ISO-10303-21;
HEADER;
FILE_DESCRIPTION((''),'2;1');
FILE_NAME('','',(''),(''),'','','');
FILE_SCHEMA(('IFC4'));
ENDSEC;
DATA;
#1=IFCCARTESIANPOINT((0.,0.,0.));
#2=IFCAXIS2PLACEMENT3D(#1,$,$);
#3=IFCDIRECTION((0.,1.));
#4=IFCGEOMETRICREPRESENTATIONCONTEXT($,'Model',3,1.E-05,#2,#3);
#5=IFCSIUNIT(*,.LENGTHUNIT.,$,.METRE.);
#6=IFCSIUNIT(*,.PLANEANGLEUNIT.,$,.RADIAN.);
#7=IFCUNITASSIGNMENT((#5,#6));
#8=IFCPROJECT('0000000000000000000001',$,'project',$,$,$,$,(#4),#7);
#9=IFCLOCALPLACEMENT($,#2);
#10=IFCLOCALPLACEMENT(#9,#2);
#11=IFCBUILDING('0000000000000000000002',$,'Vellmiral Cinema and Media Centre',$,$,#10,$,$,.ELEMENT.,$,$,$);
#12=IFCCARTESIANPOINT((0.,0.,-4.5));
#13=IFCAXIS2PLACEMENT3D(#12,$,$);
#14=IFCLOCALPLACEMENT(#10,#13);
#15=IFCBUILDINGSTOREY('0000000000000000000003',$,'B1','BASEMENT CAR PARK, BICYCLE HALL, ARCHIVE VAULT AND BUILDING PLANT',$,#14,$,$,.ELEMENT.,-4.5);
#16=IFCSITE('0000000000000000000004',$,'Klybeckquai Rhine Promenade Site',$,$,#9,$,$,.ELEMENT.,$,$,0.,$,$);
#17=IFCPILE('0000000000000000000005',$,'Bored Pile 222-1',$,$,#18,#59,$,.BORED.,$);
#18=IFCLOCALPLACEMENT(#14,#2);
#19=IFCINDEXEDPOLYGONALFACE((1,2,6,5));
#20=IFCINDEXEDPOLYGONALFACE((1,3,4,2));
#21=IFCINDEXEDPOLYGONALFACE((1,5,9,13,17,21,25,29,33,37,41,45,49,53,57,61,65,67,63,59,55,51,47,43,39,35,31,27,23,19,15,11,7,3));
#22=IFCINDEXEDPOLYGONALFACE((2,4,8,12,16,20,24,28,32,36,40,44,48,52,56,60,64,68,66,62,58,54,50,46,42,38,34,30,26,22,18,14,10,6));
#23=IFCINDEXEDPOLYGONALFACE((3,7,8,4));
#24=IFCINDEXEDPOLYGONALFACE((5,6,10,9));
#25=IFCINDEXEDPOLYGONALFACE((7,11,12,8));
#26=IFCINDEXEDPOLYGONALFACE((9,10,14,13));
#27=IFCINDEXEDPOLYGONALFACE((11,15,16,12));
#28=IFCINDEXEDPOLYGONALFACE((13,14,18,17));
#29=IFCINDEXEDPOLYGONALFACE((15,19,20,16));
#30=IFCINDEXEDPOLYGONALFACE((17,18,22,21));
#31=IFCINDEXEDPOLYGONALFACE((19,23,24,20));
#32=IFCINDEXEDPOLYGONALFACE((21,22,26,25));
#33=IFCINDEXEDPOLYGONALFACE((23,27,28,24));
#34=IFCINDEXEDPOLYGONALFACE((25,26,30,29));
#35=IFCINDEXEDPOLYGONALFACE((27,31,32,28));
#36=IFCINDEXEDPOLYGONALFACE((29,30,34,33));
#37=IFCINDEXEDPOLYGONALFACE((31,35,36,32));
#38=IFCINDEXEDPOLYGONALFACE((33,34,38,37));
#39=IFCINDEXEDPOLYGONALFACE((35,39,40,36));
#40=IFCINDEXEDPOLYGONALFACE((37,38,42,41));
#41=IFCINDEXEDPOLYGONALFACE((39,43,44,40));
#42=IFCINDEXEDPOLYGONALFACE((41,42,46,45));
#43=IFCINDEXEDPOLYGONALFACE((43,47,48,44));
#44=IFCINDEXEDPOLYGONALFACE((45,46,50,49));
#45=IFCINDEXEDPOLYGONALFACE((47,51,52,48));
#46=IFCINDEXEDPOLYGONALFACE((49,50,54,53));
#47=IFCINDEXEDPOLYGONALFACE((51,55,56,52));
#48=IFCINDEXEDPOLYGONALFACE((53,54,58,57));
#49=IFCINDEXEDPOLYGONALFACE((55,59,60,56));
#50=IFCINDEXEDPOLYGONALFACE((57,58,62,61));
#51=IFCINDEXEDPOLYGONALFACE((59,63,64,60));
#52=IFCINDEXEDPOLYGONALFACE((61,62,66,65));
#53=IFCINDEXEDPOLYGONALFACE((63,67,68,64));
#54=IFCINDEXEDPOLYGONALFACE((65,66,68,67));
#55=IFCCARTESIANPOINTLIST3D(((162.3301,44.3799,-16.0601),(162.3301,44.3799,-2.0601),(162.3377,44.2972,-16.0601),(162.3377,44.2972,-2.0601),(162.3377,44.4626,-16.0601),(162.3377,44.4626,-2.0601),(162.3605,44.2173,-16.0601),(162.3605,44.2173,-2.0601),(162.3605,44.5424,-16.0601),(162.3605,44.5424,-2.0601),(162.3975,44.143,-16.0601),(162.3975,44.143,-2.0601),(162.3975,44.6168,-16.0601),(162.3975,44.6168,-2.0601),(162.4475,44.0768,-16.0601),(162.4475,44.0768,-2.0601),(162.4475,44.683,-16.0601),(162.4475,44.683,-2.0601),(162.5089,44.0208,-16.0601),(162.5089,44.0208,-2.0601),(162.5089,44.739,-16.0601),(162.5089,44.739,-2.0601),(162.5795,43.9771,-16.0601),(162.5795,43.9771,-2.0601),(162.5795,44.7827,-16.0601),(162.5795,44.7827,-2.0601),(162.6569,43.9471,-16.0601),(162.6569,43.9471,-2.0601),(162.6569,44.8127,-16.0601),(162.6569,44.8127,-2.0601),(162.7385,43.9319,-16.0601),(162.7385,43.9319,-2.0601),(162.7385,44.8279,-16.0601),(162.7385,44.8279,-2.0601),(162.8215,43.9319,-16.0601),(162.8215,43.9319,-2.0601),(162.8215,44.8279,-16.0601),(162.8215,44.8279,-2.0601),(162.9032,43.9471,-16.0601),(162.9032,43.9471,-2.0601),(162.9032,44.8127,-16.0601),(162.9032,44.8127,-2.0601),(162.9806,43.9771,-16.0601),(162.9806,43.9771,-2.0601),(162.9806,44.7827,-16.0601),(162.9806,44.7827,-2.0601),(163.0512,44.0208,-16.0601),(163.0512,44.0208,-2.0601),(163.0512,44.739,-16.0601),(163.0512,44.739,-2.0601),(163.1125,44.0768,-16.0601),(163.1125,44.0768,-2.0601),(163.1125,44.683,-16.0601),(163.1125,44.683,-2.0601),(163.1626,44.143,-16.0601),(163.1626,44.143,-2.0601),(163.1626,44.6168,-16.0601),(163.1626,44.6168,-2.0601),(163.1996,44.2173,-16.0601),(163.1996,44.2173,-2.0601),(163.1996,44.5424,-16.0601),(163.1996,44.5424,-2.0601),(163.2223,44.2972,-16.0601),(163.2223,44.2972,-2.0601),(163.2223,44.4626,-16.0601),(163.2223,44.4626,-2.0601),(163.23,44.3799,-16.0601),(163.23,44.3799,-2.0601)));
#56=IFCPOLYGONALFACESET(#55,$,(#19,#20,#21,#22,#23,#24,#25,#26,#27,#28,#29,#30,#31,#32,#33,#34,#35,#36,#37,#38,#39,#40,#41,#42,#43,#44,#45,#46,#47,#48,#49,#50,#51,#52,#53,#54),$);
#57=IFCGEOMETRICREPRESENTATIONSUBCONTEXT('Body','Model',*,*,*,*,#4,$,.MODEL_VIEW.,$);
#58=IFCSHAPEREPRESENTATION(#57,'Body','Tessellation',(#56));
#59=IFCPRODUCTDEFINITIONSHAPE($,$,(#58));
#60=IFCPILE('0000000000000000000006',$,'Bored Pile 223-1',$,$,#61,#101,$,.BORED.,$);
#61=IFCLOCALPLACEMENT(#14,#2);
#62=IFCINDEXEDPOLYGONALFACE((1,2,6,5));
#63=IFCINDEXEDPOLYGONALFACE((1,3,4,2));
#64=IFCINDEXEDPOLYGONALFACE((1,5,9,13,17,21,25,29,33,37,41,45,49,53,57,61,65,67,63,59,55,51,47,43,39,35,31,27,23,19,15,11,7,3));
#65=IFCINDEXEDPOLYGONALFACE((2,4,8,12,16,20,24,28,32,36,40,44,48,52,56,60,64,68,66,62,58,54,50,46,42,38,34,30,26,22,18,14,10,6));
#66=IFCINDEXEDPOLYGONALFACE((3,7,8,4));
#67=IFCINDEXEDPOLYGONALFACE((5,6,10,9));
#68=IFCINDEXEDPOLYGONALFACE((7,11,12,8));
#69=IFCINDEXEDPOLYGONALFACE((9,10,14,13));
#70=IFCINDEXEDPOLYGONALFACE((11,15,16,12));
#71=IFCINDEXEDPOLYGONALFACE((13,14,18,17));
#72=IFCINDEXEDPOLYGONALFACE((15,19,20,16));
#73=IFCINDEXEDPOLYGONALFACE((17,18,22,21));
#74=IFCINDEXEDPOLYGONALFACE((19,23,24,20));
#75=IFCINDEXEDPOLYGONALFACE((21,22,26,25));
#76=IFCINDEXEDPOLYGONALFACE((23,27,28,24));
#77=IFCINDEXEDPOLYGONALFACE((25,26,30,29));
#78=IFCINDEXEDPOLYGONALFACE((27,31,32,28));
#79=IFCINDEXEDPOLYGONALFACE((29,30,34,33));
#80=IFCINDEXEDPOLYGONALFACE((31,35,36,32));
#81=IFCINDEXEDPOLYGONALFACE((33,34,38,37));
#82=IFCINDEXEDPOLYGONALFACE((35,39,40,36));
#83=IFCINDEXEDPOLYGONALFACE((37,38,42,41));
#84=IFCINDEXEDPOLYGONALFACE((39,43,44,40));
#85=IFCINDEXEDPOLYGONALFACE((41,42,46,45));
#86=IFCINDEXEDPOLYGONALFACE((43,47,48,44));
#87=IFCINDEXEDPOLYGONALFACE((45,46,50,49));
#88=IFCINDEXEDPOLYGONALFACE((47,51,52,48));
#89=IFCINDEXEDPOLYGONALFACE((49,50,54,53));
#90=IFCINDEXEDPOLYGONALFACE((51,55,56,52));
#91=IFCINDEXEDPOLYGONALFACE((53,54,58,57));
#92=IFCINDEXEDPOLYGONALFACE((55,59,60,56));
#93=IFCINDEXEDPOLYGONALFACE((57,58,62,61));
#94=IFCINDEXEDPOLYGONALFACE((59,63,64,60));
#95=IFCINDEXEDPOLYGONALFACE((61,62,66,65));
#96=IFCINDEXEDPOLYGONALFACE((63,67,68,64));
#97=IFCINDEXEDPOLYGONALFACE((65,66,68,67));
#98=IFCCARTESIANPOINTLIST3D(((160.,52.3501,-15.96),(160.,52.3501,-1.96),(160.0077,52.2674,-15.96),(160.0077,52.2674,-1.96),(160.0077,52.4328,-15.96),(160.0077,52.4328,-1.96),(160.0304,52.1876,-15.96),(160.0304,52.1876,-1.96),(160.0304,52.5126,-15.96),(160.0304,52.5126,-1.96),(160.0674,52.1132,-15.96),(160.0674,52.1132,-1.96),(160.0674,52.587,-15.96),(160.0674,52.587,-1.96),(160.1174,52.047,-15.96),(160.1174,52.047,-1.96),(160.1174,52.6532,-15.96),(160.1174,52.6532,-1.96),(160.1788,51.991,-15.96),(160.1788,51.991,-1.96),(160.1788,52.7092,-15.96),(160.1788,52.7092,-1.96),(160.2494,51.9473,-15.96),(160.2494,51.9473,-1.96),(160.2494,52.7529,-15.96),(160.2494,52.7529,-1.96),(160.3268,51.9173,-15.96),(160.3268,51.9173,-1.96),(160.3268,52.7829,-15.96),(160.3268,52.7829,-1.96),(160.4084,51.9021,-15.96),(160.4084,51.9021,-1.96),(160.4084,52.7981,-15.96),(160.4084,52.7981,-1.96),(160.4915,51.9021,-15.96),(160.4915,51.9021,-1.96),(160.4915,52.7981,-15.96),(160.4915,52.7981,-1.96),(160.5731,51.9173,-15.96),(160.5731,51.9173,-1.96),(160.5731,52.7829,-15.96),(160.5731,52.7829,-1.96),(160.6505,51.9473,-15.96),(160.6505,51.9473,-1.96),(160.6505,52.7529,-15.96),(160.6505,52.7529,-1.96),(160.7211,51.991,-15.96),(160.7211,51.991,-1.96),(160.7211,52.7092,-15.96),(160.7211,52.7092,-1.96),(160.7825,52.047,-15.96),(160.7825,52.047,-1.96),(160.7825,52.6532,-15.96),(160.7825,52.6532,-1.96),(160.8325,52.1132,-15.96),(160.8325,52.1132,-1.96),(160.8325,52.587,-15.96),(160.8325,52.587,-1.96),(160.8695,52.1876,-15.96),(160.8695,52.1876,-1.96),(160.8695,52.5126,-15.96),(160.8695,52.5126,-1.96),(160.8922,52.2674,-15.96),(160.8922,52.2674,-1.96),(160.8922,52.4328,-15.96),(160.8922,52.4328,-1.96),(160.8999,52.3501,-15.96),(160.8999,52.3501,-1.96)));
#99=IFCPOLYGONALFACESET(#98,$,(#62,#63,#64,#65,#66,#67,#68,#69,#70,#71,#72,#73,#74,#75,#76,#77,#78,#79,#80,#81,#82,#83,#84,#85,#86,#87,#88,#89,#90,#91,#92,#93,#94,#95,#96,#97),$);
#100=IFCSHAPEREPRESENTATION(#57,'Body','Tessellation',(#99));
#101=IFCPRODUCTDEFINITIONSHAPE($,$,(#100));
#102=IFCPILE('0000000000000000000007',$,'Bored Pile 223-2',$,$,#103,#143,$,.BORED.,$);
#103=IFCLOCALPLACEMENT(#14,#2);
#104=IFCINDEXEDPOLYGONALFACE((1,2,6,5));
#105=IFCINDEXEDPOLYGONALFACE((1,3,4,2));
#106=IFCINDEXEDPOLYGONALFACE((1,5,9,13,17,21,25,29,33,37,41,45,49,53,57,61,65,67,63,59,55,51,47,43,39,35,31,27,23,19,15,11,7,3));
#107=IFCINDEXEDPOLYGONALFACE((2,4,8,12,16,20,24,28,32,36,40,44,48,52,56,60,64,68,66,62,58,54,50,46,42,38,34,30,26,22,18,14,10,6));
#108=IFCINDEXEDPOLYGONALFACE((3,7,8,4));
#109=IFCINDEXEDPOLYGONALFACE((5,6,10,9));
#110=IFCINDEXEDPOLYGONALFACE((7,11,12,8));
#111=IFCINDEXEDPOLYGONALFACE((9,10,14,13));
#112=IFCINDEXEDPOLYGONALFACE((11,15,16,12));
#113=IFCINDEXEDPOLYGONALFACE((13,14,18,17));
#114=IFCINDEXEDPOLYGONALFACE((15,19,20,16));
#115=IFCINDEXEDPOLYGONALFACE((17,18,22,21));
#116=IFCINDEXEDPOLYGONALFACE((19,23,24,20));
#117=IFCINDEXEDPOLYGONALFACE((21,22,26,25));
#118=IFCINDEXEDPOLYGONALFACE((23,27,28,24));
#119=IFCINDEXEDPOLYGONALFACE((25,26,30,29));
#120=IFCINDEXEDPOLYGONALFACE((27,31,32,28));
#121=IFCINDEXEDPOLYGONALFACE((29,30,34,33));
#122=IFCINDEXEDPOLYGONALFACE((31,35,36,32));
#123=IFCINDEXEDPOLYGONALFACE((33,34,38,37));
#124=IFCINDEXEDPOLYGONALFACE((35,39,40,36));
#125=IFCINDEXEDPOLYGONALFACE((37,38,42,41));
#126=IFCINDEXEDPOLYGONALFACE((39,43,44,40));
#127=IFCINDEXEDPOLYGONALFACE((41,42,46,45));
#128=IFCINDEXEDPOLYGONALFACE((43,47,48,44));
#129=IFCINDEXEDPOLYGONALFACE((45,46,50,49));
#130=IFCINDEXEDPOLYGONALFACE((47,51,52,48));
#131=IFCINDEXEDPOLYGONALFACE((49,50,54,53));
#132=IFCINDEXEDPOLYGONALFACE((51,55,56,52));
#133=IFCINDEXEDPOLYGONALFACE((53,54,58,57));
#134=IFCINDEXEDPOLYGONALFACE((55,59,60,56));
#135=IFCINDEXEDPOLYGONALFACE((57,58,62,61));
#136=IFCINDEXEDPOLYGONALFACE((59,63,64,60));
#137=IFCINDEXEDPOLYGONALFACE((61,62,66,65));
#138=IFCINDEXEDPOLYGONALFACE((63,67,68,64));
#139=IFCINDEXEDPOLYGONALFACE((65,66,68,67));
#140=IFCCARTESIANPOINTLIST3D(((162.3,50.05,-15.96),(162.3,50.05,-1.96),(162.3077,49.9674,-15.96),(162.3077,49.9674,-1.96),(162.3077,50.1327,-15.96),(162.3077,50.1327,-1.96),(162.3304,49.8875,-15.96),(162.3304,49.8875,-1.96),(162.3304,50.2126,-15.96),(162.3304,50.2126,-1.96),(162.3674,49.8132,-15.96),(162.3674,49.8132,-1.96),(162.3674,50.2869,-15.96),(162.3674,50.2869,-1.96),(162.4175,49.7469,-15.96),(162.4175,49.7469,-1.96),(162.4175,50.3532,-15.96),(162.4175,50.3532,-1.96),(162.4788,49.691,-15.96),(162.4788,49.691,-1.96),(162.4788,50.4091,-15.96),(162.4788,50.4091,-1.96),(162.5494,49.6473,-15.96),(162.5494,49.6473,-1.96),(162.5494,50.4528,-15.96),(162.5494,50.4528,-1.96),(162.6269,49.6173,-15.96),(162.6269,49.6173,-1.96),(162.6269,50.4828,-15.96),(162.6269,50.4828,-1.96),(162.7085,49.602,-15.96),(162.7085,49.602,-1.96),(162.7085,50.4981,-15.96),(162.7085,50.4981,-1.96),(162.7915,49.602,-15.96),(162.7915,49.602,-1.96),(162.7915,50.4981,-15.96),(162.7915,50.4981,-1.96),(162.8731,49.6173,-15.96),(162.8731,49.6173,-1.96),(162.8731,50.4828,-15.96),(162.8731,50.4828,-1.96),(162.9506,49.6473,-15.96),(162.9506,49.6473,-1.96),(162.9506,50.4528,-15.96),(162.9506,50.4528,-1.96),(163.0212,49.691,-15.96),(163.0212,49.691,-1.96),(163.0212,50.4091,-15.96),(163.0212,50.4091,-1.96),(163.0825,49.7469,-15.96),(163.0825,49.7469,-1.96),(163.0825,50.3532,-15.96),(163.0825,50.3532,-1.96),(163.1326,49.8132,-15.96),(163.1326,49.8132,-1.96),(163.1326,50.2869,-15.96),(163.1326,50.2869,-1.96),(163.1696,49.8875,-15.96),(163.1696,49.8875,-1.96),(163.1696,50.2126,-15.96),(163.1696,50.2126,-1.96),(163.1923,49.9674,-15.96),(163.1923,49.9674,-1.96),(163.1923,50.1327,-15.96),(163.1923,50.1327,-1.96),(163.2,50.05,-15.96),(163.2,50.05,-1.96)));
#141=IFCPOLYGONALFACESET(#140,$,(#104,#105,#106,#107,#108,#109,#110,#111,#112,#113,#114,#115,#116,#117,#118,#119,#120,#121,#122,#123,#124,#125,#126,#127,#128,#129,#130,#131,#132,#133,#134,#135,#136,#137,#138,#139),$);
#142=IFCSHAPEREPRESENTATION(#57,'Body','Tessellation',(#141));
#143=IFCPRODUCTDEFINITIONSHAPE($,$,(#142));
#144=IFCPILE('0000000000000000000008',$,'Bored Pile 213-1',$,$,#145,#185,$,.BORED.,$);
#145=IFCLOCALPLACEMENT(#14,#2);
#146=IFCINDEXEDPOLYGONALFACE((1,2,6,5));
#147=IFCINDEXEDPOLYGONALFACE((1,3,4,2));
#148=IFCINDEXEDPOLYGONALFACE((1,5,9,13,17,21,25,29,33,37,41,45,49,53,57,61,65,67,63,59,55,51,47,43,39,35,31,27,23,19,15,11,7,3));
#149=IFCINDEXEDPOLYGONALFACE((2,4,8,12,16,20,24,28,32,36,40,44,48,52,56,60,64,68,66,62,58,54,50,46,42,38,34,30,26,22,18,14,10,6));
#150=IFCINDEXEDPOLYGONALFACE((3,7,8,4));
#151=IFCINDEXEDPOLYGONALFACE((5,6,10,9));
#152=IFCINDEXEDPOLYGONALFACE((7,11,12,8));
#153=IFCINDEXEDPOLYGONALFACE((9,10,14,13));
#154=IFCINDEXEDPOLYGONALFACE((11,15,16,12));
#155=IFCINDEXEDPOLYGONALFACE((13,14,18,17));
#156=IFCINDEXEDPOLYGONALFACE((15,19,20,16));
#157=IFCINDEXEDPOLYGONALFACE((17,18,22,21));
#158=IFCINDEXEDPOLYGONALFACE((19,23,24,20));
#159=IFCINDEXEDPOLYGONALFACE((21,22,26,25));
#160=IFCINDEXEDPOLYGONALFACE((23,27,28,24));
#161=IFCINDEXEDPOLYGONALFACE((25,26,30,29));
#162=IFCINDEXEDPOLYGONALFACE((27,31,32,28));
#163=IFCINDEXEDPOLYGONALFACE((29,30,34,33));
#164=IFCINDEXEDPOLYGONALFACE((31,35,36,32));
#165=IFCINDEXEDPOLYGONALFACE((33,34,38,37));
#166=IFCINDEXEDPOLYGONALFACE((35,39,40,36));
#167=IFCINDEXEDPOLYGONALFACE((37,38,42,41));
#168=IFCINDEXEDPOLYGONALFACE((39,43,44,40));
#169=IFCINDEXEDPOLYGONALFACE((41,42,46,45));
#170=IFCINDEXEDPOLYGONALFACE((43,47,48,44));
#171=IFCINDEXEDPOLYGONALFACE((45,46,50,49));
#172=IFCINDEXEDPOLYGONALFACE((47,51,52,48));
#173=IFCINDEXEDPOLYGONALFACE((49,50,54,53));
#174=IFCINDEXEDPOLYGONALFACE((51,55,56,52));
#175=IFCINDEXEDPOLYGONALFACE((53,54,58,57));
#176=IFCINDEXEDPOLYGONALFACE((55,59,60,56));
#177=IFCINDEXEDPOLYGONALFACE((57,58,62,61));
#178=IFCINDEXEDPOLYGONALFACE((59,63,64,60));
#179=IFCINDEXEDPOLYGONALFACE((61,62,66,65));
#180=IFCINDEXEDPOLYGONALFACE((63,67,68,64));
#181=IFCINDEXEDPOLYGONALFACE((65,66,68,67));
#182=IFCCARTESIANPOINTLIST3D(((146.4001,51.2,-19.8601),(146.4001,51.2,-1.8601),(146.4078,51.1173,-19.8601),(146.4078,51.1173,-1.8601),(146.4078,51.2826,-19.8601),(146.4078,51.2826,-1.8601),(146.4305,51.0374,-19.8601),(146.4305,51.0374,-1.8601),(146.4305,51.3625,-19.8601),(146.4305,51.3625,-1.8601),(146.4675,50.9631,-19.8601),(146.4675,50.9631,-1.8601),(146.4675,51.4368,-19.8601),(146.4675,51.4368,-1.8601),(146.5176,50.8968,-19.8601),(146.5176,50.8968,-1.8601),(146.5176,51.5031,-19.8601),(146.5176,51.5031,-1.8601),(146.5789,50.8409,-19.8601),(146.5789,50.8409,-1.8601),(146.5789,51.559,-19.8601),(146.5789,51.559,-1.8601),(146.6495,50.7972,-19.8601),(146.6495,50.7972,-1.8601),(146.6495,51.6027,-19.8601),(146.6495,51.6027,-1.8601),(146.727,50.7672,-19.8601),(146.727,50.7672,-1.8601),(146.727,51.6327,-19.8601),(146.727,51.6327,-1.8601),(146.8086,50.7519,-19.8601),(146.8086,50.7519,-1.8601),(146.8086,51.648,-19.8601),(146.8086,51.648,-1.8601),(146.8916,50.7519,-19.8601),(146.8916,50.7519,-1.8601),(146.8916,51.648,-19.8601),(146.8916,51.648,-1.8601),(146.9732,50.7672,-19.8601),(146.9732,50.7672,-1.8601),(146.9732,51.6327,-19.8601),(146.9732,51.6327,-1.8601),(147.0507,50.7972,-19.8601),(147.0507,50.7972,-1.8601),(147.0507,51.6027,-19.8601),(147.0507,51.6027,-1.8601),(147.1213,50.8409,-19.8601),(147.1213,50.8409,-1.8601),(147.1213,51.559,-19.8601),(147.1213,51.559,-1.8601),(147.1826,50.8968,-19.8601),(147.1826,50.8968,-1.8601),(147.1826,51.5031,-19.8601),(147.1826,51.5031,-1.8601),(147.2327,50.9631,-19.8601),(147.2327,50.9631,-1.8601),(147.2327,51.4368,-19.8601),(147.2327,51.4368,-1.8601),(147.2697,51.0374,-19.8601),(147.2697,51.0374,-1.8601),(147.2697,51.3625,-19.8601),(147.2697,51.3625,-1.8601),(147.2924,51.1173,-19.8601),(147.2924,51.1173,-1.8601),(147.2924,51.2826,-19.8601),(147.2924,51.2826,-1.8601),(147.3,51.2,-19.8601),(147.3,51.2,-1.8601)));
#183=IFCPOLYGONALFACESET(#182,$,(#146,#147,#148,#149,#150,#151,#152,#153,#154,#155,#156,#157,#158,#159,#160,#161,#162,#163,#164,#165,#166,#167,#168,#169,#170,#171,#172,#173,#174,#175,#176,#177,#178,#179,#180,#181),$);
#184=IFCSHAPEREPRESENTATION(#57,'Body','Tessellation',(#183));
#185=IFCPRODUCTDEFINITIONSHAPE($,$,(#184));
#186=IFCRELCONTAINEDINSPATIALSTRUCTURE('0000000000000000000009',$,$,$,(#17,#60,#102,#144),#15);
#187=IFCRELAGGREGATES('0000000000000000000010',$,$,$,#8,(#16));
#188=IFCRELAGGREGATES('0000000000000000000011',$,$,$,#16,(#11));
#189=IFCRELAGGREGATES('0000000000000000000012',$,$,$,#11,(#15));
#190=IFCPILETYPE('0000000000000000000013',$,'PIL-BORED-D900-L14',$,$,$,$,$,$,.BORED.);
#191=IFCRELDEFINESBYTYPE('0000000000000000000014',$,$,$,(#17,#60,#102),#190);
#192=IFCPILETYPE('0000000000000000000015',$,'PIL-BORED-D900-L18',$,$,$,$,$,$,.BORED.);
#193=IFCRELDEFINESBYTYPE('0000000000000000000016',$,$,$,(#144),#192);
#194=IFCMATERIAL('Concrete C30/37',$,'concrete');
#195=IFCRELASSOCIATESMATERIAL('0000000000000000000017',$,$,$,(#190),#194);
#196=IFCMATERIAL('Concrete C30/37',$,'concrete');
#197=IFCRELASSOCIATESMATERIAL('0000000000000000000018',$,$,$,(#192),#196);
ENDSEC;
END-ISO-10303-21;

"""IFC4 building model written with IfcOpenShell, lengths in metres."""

from ifc_helpers import new_model, si_unit, direction, frame, origin, origin_2d, place, context, subcontext, project, spatial, circle, extrude, material, material_profile, profile_set, type_object, element, save


model = new_model("IFC4")

# Units and contexts
model_context = context("Model", 3, precision=1e-05, world=origin(), true_north=direction((0.0, 1.0)))
body_context = subcontext(model_context, "Body", "Model", "MODEL_VIEW")
ifc_project = project(units=[si_unit("LENGTHUNIT", "METRE"), si_unit("PLANEANGLEUNIT", "RADIAN")], contexts=[model_context])

# Site, building, storey
site_placement = place(None, origin())
site = spatial("IfcSite", under=ifc_project, at=site_placement, Name="Klybeckquai Rhine Promenade Site", CompositionType="ELEMENT", RefElevation=0.0)
building_placement = place(site_placement, origin())
building = spatial("IfcBuilding", under=site, at=building_placement, Name="Vellmiral Cinema and Media Centre", CompositionType="ELEMENT")
storey_placement = place(building_placement, frame((0.0, 0.0, -4.5)))
storey = spatial("IfcBuildingStorey", under=building, at=storey_placement, Name="B1", Description="BASEMENT CAR PARK, BICYCLE HALL, ARCHIVE VAULT AND BUILDING PLANT", CompositionType="ELEMENT", Elevation=-4.5)

# Piles
ifc_material_1 = material(Name="Concrete C30/37", Category="concrete")
ifc_material_profile_1 = material_profile(ifc_material_1, circle(Radius=0.45, at=origin_2d()), Name="PILE D900")
ifc_profile_set_1 = profile_set([ifc_material_profile_1], Name="Concrete C30/37")
pile_type_1 = type_object("IfcPileType", Name="PIL-BORED-D900-L14", PredefinedType="BORED", material=ifc_profile_set_1)
for number, where, z_axis, x_axis, name in (
    (1, (162.78, 44.3799, -2.0601), (0.0, 0.0, -1.0), (1.0, 0.0, 0.0), "Bored Pile 222-1"),
    (2, (160.45, 52.3501, -1.96), (0.0, 0.0, -1.0), (1.0, 0.0, 0.0), "Bored Pile 223-1"),
    (3, (162.75, 50.05, -1.96), (0.0, 0.0, -1.0), (1.0, 0.0, 0.0), "Bored Pile 223-2"),
):
    element("IfcPile", number, at=place(storey_placement, frame(where, z_axis=z_axis, x_axis=x_axis)), inside=storey, type_object=pile_type_1, Name=name, PredefinedType="BORED", context=body_context, shape_type="SweptSolid", body=[
        extrude(circle(Radius=0.45, at=origin_2d()), origin(), (0.0, 0.0, 1.0), 14.0),
    ])
ifc_material_2 = material(Name="Concrete C30/37", Category="concrete")
ifc_material_profile_2 = material_profile(ifc_material_2, circle(Radius=0.45, at=origin_2d()), Name="PILE D900")
ifc_profile_set_2 = profile_set([ifc_material_profile_2], Name="Concrete C30/37")
pile_type_2 = type_object("IfcPileType", Name="PIL-BORED-D900-L18", PredefinedType="BORED", material=ifc_profile_set_2)
for number, where, z_axis, x_axis, name in (
    (4, (146.8501, 51.2, -1.8601), (0.0, 0.0, -1.0), (1.0, 0.0, 0.0), "Bored Pile 213-1"),
):
    element("IfcPile", number, at=place(storey_placement, frame(where, z_axis=z_axis, x_axis=x_axis)), inside=storey, type_object=pile_type_2, Name=name, PredefinedType="BORED", context=body_context, shape_type="SweptSolid", body=[
        extrude(circle(Radius=0.45, at=origin_2d()), origin(), (0.0, 0.0, 1.0), 18.0),
    ])

save(model, "model.ifc")
